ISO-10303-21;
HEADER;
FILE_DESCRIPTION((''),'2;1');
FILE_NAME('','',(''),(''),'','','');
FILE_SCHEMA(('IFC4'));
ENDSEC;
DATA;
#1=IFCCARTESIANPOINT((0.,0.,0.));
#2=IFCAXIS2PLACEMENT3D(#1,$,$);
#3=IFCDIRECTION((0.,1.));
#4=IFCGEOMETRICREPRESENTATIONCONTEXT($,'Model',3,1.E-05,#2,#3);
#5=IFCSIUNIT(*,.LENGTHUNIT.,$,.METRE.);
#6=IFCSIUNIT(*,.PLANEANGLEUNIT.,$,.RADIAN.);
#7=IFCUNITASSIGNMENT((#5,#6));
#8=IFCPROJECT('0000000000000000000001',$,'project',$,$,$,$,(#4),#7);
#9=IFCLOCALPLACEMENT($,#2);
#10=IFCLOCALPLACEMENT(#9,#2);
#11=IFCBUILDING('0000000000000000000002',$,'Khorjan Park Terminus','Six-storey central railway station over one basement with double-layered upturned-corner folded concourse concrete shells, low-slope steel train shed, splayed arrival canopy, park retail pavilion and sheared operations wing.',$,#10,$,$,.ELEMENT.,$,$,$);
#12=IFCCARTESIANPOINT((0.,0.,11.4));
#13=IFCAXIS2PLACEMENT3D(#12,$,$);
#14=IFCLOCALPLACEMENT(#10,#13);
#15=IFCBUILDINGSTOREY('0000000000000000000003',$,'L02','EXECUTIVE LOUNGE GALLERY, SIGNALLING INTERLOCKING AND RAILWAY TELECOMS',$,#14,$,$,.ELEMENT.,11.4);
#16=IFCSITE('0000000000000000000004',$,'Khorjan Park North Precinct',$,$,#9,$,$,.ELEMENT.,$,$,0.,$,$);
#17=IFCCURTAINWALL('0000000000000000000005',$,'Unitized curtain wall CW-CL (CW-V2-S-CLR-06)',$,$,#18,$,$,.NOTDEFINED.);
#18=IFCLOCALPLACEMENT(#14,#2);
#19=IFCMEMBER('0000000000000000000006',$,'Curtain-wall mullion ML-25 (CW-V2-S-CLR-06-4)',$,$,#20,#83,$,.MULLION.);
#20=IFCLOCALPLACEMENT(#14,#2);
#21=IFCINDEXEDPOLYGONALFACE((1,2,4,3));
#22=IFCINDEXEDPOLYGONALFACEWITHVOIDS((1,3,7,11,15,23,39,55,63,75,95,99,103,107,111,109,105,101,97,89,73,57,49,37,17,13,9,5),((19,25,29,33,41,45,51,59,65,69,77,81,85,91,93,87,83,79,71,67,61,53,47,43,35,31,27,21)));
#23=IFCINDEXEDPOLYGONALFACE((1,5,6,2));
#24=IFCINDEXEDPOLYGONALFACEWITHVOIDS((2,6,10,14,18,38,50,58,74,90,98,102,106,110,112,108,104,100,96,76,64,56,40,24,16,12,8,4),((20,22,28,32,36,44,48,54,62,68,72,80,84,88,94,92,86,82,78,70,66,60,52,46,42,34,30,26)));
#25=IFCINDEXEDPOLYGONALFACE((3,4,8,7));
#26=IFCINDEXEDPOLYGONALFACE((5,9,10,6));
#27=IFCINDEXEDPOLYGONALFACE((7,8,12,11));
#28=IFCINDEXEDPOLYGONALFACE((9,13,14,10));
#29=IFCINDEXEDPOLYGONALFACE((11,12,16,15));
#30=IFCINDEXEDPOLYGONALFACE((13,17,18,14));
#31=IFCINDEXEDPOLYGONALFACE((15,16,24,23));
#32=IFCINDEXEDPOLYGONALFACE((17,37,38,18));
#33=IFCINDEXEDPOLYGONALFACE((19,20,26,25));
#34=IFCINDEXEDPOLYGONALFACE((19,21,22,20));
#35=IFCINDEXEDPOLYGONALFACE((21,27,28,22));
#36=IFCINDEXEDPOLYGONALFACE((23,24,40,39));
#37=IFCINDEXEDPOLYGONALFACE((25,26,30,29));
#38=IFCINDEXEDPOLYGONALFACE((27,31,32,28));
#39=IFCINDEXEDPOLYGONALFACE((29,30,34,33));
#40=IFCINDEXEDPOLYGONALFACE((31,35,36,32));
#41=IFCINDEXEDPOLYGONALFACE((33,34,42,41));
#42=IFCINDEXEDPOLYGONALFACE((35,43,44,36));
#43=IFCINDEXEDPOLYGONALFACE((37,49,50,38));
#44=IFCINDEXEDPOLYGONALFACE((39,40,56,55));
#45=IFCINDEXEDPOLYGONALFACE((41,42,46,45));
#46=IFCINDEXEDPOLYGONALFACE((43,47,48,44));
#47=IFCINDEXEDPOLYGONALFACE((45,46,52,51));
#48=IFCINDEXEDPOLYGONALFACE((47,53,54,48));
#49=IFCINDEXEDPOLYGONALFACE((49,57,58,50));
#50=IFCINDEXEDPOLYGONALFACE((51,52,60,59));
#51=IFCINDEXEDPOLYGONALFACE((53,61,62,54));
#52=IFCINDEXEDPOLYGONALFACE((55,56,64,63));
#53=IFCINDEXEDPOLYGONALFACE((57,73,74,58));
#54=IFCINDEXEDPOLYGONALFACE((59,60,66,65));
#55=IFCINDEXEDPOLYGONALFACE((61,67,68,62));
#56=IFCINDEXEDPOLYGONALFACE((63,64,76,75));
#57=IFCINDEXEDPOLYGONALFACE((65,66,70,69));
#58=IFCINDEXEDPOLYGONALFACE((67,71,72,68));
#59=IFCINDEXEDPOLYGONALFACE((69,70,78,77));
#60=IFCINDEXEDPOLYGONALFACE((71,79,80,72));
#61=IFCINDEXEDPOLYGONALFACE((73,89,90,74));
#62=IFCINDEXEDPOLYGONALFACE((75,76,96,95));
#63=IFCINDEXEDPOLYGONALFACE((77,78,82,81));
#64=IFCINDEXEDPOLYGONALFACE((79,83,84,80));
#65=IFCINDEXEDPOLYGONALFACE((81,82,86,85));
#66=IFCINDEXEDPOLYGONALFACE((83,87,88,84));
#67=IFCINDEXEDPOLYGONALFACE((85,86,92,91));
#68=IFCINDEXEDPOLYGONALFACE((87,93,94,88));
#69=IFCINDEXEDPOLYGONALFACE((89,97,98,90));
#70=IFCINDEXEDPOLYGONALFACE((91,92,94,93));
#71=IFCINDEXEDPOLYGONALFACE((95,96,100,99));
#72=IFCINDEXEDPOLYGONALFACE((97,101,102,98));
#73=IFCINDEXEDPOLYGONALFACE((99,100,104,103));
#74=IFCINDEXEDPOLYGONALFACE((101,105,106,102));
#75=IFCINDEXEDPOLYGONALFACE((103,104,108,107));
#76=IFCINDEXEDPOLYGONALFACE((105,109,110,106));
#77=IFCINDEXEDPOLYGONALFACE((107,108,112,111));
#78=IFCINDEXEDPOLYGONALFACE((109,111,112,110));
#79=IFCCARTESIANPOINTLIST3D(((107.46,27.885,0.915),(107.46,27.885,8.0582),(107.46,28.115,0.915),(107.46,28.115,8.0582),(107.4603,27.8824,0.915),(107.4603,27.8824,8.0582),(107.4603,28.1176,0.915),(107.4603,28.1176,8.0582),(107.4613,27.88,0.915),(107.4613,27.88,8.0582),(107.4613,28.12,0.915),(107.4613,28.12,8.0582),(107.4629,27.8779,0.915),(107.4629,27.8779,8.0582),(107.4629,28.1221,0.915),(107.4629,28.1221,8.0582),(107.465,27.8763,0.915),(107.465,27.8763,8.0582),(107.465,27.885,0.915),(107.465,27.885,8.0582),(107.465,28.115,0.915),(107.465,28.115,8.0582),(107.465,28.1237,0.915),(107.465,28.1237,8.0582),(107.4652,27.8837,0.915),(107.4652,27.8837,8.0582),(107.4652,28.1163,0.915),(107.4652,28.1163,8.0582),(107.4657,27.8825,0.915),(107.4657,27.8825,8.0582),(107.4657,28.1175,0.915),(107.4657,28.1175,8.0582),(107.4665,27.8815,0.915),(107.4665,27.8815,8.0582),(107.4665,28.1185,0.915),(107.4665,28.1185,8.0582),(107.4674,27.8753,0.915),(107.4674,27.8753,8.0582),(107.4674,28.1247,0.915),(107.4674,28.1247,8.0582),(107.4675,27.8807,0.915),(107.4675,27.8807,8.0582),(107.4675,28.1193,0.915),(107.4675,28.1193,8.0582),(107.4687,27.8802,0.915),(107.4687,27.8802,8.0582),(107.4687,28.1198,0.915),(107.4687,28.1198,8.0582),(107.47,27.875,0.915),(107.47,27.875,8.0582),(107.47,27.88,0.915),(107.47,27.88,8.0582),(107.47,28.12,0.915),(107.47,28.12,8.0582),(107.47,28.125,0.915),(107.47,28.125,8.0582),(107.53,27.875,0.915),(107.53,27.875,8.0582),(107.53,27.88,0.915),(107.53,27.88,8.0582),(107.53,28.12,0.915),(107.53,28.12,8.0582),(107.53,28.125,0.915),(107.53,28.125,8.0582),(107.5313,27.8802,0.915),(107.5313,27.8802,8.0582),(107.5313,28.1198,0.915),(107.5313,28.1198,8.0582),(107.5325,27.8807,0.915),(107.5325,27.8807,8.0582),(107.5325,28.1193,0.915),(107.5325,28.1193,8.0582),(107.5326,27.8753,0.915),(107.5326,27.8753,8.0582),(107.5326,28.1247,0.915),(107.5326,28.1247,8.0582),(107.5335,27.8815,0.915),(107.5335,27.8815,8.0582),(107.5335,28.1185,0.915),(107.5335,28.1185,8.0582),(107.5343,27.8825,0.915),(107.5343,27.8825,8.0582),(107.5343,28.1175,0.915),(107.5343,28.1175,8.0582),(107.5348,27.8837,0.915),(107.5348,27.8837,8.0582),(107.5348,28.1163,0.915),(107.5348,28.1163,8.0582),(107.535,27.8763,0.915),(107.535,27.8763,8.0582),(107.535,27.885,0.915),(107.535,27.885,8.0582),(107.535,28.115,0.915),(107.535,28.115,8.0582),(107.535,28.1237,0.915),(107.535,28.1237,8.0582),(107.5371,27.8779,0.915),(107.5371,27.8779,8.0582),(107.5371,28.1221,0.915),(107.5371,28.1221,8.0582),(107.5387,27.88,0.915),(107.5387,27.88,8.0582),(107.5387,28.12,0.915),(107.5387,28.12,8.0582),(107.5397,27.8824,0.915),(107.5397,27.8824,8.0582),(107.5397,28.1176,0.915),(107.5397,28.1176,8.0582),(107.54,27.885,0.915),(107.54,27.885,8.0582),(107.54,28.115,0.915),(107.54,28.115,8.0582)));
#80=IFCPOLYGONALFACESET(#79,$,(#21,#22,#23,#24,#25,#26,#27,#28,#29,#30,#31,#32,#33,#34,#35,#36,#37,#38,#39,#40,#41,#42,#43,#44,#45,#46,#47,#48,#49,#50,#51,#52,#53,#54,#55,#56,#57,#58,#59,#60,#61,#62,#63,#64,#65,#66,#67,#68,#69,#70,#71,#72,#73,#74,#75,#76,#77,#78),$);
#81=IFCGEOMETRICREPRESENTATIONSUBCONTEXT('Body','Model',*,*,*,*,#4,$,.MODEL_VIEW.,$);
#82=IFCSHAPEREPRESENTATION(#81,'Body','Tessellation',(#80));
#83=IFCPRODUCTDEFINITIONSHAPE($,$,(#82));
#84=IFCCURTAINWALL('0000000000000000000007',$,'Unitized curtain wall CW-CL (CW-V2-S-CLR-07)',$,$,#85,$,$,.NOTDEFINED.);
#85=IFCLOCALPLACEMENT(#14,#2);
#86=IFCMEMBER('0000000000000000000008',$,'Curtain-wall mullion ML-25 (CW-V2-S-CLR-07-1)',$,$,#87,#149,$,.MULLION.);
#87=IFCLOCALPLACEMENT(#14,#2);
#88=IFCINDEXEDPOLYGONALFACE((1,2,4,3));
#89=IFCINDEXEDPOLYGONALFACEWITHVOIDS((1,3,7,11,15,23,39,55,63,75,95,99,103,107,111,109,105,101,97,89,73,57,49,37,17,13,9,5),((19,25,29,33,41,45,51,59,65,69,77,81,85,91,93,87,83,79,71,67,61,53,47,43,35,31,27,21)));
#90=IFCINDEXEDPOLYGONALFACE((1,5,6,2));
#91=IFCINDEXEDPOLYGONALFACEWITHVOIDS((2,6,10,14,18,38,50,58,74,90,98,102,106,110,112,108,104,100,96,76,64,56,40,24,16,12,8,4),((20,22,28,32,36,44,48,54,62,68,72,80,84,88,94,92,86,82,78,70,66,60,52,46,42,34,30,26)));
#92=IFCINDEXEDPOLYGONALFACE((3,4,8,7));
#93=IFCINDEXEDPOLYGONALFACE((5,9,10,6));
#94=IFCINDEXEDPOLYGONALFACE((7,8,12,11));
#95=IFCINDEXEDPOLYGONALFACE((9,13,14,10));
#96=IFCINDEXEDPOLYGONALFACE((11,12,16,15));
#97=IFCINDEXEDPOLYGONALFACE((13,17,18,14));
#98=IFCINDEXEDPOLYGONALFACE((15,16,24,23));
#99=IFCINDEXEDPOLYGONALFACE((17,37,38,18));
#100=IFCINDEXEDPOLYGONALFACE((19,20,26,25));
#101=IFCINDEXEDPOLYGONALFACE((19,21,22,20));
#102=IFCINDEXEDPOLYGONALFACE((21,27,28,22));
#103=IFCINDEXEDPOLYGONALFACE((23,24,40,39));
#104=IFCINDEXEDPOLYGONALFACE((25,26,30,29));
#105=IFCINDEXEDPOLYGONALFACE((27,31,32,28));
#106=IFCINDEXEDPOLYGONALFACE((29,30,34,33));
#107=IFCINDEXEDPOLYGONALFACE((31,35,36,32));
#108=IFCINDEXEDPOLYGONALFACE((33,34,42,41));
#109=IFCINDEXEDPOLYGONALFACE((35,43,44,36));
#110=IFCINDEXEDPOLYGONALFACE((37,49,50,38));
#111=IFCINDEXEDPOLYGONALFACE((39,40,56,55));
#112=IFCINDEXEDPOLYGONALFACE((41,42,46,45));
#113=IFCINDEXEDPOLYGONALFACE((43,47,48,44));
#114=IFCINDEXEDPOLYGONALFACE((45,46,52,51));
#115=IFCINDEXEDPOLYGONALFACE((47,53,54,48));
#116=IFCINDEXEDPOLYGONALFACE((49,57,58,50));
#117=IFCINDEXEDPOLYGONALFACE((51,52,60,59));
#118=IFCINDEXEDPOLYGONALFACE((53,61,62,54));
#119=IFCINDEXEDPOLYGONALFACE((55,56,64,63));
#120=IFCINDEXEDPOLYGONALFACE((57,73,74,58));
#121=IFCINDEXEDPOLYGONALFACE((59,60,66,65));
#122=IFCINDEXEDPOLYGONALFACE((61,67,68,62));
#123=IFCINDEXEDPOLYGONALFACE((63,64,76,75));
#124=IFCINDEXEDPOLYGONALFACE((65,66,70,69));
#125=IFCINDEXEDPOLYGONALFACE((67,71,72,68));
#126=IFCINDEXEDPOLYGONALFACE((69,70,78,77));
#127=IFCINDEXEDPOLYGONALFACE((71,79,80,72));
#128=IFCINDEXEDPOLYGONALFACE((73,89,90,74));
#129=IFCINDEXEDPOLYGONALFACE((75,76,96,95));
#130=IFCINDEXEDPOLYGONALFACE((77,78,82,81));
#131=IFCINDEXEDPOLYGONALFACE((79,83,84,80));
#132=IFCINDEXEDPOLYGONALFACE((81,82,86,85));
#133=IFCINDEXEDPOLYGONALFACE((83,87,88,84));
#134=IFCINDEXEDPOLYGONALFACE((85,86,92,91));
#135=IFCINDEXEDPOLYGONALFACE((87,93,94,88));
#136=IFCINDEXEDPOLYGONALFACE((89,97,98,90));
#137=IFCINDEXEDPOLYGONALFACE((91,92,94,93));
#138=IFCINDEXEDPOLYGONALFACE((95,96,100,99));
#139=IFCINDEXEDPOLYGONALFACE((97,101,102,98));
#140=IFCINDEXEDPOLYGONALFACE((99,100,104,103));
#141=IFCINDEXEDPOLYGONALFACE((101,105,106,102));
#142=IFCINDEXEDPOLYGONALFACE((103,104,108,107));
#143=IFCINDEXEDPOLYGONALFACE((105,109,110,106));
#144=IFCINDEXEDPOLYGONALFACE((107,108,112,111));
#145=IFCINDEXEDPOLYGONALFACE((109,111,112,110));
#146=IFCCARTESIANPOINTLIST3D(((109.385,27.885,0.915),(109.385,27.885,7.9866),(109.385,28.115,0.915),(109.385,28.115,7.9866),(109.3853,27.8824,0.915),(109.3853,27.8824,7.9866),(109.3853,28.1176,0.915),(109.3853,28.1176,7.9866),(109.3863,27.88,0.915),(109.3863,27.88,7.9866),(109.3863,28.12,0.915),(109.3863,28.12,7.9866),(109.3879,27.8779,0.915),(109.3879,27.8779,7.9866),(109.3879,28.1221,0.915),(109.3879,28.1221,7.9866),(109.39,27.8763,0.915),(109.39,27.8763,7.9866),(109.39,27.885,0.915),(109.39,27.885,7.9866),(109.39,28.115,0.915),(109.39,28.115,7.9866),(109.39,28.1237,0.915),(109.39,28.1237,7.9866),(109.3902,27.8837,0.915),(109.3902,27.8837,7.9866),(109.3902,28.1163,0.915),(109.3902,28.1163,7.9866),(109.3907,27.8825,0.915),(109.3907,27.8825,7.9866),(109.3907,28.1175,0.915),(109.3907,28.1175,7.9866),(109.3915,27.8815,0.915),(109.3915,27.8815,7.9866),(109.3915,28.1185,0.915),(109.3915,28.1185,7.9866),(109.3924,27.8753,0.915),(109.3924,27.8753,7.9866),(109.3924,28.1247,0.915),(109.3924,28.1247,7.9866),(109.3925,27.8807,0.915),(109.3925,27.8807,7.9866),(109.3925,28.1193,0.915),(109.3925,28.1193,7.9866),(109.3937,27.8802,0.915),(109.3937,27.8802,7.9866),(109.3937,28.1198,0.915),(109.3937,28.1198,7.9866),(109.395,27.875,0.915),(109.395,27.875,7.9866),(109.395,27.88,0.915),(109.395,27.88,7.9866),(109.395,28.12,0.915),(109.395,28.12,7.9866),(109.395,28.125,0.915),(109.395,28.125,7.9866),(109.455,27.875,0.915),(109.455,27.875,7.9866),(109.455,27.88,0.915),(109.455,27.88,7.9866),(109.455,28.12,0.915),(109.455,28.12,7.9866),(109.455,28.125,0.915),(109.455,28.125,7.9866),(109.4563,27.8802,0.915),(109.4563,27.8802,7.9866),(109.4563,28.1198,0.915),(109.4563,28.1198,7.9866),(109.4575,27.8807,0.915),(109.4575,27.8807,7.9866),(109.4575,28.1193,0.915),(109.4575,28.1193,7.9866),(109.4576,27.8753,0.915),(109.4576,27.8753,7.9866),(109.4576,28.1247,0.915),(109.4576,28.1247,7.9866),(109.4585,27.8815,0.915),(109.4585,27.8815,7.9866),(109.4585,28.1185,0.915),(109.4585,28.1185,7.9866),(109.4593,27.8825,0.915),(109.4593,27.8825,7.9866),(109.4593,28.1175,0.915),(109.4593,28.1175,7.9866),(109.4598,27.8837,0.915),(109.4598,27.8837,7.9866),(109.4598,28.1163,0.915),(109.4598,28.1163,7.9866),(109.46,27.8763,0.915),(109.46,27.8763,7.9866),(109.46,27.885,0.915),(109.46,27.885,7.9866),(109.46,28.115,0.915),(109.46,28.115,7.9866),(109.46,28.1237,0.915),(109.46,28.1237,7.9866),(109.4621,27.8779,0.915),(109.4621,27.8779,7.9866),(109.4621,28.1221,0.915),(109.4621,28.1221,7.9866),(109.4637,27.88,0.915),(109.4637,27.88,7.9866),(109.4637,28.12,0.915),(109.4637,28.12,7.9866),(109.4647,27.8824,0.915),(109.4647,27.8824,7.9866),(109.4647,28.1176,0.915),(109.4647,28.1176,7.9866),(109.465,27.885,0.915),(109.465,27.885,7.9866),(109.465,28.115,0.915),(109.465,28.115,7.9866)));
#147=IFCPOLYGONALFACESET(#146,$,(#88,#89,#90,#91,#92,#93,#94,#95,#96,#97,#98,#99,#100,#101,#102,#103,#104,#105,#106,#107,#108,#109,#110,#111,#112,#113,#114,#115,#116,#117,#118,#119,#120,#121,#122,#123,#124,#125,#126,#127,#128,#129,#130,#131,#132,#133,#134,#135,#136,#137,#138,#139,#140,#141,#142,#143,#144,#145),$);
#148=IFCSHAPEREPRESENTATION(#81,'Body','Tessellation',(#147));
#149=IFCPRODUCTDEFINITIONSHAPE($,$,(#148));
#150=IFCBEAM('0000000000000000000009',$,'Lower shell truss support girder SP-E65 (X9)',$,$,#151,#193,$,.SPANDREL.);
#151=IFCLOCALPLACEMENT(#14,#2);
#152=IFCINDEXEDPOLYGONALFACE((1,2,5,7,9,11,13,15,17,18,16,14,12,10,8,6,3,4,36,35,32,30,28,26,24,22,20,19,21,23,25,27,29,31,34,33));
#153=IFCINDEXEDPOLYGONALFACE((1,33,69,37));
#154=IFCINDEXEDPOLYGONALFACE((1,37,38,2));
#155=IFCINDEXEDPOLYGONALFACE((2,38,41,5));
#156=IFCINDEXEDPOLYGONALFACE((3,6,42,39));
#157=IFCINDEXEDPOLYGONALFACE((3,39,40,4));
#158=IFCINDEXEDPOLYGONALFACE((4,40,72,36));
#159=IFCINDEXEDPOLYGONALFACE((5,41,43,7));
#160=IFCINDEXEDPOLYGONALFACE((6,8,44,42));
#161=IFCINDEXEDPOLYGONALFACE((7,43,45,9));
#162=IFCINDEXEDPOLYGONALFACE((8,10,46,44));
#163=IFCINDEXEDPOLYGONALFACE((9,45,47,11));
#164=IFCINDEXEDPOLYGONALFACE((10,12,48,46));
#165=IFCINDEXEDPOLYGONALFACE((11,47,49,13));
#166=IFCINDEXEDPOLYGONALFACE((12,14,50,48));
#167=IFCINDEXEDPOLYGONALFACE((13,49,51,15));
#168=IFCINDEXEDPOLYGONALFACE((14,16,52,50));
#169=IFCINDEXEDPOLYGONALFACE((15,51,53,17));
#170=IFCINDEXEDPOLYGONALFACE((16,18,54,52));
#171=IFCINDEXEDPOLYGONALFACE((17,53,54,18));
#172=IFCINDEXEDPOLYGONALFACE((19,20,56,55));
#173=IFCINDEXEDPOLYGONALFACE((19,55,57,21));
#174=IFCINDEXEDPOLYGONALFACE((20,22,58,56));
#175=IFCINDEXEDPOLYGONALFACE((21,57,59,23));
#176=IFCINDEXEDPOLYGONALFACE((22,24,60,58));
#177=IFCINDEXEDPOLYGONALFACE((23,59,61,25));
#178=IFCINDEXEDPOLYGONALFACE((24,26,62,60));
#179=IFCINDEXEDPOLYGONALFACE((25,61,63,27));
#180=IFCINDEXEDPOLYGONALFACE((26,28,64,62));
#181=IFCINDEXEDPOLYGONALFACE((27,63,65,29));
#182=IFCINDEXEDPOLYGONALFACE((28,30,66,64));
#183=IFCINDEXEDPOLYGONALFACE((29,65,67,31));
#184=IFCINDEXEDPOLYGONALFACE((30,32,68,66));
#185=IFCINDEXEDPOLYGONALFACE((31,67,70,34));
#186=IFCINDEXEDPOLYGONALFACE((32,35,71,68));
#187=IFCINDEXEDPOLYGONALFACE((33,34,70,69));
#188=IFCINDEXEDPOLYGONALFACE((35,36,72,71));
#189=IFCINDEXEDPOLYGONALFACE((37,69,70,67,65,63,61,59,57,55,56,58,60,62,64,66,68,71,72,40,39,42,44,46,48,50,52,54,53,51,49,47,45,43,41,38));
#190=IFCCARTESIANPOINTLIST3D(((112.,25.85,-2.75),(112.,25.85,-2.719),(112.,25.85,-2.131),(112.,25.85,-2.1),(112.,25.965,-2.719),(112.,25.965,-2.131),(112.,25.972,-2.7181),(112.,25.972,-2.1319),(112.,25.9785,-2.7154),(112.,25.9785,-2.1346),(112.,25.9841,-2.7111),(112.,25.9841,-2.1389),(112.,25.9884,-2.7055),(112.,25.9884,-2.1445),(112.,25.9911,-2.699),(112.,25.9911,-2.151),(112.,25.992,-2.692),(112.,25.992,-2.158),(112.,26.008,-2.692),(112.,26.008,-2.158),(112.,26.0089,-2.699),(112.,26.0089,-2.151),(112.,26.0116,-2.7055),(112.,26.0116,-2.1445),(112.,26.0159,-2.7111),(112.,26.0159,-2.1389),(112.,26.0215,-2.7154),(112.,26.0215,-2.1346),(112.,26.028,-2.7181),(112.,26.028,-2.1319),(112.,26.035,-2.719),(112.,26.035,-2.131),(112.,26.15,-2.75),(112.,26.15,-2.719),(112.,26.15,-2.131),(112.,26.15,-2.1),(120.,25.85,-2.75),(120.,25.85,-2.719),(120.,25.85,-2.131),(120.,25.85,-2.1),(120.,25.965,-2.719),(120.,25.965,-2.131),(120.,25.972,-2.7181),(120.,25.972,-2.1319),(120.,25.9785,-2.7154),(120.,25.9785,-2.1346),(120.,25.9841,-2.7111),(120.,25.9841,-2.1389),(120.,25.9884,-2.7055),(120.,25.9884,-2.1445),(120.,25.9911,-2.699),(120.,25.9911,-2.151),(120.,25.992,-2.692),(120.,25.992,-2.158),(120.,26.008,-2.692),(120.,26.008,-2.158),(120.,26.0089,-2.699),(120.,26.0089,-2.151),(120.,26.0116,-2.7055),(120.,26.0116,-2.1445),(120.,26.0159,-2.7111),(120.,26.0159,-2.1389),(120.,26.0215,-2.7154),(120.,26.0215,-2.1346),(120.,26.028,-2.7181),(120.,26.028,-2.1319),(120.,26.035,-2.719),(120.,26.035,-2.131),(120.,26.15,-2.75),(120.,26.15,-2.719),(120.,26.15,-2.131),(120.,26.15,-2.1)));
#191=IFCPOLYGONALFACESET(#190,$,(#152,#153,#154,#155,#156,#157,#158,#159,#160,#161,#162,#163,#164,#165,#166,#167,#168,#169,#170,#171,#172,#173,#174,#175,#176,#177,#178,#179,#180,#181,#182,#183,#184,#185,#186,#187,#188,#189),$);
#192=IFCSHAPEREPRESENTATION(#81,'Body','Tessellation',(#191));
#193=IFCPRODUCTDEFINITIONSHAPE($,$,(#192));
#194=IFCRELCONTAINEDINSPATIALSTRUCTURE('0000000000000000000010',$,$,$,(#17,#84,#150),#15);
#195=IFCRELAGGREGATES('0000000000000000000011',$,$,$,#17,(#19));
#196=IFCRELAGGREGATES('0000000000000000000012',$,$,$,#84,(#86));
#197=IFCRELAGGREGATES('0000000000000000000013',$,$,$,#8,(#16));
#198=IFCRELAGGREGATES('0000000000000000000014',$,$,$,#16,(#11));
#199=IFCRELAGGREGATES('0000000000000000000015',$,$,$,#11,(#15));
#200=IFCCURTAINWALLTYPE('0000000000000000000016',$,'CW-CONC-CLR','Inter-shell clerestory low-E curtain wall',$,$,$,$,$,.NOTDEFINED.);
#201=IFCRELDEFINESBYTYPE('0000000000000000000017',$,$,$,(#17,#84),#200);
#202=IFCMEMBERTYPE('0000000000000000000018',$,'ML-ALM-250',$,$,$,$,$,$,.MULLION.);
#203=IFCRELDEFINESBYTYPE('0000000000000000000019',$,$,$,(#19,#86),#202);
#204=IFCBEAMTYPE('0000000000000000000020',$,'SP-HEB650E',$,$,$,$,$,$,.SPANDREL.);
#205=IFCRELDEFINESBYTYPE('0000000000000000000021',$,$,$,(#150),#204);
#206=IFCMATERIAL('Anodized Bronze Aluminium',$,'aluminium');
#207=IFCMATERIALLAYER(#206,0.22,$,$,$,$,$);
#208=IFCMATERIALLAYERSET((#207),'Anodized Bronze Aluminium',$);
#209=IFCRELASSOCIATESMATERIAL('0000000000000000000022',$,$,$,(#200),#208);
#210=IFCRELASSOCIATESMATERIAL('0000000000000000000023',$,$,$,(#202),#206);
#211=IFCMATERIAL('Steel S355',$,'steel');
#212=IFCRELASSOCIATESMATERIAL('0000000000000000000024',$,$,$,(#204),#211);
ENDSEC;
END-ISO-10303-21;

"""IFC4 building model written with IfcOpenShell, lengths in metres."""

from ifc_helpers import new_model, si_unit, direction, frame, origin, origin_2d, place, context, subcontext, project, spatial, hollow_rectangle, i_section, extrude, material, layer, layer_set, material_profile, profile_set, type_object, element, aggregate, save


model = new_model("IFC4")

# Units and contexts
model_context = context("Model", 3, precision=1e-05, world=origin(), true_north=direction((0.0, 1.0)))
body_context = subcontext(model_context, "Body", "Model", "MODEL_VIEW")
ifc_project = project(units=[si_unit("LENGTHUNIT", "METRE"), si_unit("PLANEANGLEUNIT", "RADIAN")], contexts=[model_context])

# Site, building, storey
site_placement = place(None, origin())
site = spatial("IfcSite", under=ifc_project, at=site_placement, Name="Khorjan Park North Precinct", CompositionType="ELEMENT", RefElevation=0.0)
building_placement = place(site_placement, origin())
building = spatial("IfcBuilding", under=site, at=building_placement, Name="Khorjan Park Terminus", Description="Six-storey central railway station over one basement with double-layered upturned-corner folded concourse concrete shells, low-slope steel train shed, splayed arrival canopy, park retail pavilion and sheared operations wing.", CompositionType="ELEMENT")
storey_placement = place(building_placement, frame((0.0, 0.0, 11.4)))
storey = spatial("IfcBuildingStorey", under=building, at=storey_placement, Name="L02", Description="EXECUTIVE LOUNGE GALLERY, SIGNALLING INTERLOCKING AND RAILWAY TELECOMS", CompositionType="ELEMENT", Elevation=11.4)

# Shared definitions
ifc_material_1 = material(Name="Steel S355", Category="steel")

# Curtain wall, member
ifc_material_2 = material(Name="Anodized Bronze Aluminium", Category="aluminium")
ifc_layer_1 = layer(ifc_material_2, 0.22)
ifc_layer_set_1 = layer_set([ifc_layer_1], Name="Anodized Bronze Aluminium")
curtain_wall_type = type_object("IfcCurtainWallType", Name="CW-CONC-CLR", Description="Inter-shell clerestory low-E curtain wall", PredefinedType="NOTDEFINED", material=ifc_layer_set_1)
curtain_wall_1_placement = place(storey_placement, origin())
curtain_wall_1 = element("IfcCurtainWall", 1, at=curtain_wall_1_placement, inside=storey, type_object=curtain_wall_type, Name="Unitized curtain wall CW-CL (CW-V2-S-CLR-06)", PredefinedType="NOTDEFINED")
ifc_material_profile_1 = material_profile(ifc_material_2, hollow_rectangle(XDim=0.08, YDim=0.25, WallThickness=0.005, InnerFilletRadius=0.005, OuterFilletRadius=0.01, at=origin_2d()), Name="ALM 80x250x5")
ifc_profile_set_1 = profile_set([ifc_material_profile_1], Name="Anodized Bronze Aluminium")
member_type_1 = type_object("IfcMemberType", Name="ML-ALM-250", PredefinedType="MULLION", material=ifc_profile_set_1)
member_1_placement = place(storey_placement, frame((107.5, 28.0, 0.915), z_axis=(0.0, 0.0, 1.0), x_axis=(1.0, 0.0, 0.0)))
member_1 = element("IfcMember", 2, at=member_1_placement, type_object=member_type_1, Name="Curtain-wall mullion ML-25 (CW-V2-S-CLR-06-4)", PredefinedType="MULLION", context=body_context, shape_type="SweptSolid", body=[
    extrude(hollow_rectangle(XDim=0.08, YDim=0.25, WallThickness=0.005, InnerFilletRadius=0.005, OuterFilletRadius=0.01, at=origin_2d()), origin(), (0.0, 0.0, 1.0), 7.1432),
])

# Curtain wall, member
curtain_wall_2_placement = place(storey_placement, origin())
curtain_wall_2 = element("IfcCurtainWall", 3, at=curtain_wall_2_placement, inside=storey, type_object=curtain_wall_type, Name="Unitized curtain wall CW-CL (CW-V2-S-CLR-07)", PredefinedType="NOTDEFINED")
member_2_placement = place(storey_placement, frame((109.425, 28.0, 0.915), z_axis=(0.0, 0.0, 1.0), x_axis=(1.0, 0.0, 0.0)))
member_2 = element("IfcMember", 4, at=member_2_placement, type_object=member_type_1, Name="Curtain-wall mullion ML-25 (CW-V2-S-CLR-07-1)", PredefinedType="MULLION", context=body_context, shape_type="SweptSolid", body=[
    extrude(hollow_rectangle(XDim=0.08, YDim=0.25, WallThickness=0.005, InnerFilletRadius=0.005, OuterFilletRadius=0.01, at=origin_2d()), origin(), (0.0, 0.0, 1.0), 7.0716),
])

# Beam
ifc_material_profile_2 = material_profile(ifc_material_1, i_section(OverallWidth=0.3, OverallDepth=0.65, WebThickness=0.016, FlangeThickness=0.031, FilletRadius=0.027, at=origin_2d()), Name="HEB 650")
ifc_profile_set_2 = profile_set([ifc_material_profile_2], Name="Steel S355")
beam_type_1 = type_object("IfcBeamType", Name="SP-HEB650E", PredefinedType="SPANDREL", material=ifc_profile_set_2)
beam_1_placement = place(storey_placement, frame((112.0, 26.0, -2.425), z_axis=(1.0, 0.0, 0.0), x_axis=(0.0, 1.0, 0.0)))
element("IfcBeam", 5, at=beam_1_placement, inside=storey, type_object=beam_type_1, Name="Lower shell truss support girder SP-E65 (X9)", PredefinedType="SPANDREL", context=body_context, shape_type="SweptSolid", body=[
    extrude(i_section(OverallWidth=0.3, OverallDepth=0.65, WebThickness=0.016, FlangeThickness=0.031, FilletRadius=0.027, at=origin_2d()), origin(), (0.0, 0.0, 1.0), 8.0),
])

aggregate(curtain_wall_1, [member_1])
aggregate(curtain_wall_2, [member_2])

save(model, "model.ifc")
